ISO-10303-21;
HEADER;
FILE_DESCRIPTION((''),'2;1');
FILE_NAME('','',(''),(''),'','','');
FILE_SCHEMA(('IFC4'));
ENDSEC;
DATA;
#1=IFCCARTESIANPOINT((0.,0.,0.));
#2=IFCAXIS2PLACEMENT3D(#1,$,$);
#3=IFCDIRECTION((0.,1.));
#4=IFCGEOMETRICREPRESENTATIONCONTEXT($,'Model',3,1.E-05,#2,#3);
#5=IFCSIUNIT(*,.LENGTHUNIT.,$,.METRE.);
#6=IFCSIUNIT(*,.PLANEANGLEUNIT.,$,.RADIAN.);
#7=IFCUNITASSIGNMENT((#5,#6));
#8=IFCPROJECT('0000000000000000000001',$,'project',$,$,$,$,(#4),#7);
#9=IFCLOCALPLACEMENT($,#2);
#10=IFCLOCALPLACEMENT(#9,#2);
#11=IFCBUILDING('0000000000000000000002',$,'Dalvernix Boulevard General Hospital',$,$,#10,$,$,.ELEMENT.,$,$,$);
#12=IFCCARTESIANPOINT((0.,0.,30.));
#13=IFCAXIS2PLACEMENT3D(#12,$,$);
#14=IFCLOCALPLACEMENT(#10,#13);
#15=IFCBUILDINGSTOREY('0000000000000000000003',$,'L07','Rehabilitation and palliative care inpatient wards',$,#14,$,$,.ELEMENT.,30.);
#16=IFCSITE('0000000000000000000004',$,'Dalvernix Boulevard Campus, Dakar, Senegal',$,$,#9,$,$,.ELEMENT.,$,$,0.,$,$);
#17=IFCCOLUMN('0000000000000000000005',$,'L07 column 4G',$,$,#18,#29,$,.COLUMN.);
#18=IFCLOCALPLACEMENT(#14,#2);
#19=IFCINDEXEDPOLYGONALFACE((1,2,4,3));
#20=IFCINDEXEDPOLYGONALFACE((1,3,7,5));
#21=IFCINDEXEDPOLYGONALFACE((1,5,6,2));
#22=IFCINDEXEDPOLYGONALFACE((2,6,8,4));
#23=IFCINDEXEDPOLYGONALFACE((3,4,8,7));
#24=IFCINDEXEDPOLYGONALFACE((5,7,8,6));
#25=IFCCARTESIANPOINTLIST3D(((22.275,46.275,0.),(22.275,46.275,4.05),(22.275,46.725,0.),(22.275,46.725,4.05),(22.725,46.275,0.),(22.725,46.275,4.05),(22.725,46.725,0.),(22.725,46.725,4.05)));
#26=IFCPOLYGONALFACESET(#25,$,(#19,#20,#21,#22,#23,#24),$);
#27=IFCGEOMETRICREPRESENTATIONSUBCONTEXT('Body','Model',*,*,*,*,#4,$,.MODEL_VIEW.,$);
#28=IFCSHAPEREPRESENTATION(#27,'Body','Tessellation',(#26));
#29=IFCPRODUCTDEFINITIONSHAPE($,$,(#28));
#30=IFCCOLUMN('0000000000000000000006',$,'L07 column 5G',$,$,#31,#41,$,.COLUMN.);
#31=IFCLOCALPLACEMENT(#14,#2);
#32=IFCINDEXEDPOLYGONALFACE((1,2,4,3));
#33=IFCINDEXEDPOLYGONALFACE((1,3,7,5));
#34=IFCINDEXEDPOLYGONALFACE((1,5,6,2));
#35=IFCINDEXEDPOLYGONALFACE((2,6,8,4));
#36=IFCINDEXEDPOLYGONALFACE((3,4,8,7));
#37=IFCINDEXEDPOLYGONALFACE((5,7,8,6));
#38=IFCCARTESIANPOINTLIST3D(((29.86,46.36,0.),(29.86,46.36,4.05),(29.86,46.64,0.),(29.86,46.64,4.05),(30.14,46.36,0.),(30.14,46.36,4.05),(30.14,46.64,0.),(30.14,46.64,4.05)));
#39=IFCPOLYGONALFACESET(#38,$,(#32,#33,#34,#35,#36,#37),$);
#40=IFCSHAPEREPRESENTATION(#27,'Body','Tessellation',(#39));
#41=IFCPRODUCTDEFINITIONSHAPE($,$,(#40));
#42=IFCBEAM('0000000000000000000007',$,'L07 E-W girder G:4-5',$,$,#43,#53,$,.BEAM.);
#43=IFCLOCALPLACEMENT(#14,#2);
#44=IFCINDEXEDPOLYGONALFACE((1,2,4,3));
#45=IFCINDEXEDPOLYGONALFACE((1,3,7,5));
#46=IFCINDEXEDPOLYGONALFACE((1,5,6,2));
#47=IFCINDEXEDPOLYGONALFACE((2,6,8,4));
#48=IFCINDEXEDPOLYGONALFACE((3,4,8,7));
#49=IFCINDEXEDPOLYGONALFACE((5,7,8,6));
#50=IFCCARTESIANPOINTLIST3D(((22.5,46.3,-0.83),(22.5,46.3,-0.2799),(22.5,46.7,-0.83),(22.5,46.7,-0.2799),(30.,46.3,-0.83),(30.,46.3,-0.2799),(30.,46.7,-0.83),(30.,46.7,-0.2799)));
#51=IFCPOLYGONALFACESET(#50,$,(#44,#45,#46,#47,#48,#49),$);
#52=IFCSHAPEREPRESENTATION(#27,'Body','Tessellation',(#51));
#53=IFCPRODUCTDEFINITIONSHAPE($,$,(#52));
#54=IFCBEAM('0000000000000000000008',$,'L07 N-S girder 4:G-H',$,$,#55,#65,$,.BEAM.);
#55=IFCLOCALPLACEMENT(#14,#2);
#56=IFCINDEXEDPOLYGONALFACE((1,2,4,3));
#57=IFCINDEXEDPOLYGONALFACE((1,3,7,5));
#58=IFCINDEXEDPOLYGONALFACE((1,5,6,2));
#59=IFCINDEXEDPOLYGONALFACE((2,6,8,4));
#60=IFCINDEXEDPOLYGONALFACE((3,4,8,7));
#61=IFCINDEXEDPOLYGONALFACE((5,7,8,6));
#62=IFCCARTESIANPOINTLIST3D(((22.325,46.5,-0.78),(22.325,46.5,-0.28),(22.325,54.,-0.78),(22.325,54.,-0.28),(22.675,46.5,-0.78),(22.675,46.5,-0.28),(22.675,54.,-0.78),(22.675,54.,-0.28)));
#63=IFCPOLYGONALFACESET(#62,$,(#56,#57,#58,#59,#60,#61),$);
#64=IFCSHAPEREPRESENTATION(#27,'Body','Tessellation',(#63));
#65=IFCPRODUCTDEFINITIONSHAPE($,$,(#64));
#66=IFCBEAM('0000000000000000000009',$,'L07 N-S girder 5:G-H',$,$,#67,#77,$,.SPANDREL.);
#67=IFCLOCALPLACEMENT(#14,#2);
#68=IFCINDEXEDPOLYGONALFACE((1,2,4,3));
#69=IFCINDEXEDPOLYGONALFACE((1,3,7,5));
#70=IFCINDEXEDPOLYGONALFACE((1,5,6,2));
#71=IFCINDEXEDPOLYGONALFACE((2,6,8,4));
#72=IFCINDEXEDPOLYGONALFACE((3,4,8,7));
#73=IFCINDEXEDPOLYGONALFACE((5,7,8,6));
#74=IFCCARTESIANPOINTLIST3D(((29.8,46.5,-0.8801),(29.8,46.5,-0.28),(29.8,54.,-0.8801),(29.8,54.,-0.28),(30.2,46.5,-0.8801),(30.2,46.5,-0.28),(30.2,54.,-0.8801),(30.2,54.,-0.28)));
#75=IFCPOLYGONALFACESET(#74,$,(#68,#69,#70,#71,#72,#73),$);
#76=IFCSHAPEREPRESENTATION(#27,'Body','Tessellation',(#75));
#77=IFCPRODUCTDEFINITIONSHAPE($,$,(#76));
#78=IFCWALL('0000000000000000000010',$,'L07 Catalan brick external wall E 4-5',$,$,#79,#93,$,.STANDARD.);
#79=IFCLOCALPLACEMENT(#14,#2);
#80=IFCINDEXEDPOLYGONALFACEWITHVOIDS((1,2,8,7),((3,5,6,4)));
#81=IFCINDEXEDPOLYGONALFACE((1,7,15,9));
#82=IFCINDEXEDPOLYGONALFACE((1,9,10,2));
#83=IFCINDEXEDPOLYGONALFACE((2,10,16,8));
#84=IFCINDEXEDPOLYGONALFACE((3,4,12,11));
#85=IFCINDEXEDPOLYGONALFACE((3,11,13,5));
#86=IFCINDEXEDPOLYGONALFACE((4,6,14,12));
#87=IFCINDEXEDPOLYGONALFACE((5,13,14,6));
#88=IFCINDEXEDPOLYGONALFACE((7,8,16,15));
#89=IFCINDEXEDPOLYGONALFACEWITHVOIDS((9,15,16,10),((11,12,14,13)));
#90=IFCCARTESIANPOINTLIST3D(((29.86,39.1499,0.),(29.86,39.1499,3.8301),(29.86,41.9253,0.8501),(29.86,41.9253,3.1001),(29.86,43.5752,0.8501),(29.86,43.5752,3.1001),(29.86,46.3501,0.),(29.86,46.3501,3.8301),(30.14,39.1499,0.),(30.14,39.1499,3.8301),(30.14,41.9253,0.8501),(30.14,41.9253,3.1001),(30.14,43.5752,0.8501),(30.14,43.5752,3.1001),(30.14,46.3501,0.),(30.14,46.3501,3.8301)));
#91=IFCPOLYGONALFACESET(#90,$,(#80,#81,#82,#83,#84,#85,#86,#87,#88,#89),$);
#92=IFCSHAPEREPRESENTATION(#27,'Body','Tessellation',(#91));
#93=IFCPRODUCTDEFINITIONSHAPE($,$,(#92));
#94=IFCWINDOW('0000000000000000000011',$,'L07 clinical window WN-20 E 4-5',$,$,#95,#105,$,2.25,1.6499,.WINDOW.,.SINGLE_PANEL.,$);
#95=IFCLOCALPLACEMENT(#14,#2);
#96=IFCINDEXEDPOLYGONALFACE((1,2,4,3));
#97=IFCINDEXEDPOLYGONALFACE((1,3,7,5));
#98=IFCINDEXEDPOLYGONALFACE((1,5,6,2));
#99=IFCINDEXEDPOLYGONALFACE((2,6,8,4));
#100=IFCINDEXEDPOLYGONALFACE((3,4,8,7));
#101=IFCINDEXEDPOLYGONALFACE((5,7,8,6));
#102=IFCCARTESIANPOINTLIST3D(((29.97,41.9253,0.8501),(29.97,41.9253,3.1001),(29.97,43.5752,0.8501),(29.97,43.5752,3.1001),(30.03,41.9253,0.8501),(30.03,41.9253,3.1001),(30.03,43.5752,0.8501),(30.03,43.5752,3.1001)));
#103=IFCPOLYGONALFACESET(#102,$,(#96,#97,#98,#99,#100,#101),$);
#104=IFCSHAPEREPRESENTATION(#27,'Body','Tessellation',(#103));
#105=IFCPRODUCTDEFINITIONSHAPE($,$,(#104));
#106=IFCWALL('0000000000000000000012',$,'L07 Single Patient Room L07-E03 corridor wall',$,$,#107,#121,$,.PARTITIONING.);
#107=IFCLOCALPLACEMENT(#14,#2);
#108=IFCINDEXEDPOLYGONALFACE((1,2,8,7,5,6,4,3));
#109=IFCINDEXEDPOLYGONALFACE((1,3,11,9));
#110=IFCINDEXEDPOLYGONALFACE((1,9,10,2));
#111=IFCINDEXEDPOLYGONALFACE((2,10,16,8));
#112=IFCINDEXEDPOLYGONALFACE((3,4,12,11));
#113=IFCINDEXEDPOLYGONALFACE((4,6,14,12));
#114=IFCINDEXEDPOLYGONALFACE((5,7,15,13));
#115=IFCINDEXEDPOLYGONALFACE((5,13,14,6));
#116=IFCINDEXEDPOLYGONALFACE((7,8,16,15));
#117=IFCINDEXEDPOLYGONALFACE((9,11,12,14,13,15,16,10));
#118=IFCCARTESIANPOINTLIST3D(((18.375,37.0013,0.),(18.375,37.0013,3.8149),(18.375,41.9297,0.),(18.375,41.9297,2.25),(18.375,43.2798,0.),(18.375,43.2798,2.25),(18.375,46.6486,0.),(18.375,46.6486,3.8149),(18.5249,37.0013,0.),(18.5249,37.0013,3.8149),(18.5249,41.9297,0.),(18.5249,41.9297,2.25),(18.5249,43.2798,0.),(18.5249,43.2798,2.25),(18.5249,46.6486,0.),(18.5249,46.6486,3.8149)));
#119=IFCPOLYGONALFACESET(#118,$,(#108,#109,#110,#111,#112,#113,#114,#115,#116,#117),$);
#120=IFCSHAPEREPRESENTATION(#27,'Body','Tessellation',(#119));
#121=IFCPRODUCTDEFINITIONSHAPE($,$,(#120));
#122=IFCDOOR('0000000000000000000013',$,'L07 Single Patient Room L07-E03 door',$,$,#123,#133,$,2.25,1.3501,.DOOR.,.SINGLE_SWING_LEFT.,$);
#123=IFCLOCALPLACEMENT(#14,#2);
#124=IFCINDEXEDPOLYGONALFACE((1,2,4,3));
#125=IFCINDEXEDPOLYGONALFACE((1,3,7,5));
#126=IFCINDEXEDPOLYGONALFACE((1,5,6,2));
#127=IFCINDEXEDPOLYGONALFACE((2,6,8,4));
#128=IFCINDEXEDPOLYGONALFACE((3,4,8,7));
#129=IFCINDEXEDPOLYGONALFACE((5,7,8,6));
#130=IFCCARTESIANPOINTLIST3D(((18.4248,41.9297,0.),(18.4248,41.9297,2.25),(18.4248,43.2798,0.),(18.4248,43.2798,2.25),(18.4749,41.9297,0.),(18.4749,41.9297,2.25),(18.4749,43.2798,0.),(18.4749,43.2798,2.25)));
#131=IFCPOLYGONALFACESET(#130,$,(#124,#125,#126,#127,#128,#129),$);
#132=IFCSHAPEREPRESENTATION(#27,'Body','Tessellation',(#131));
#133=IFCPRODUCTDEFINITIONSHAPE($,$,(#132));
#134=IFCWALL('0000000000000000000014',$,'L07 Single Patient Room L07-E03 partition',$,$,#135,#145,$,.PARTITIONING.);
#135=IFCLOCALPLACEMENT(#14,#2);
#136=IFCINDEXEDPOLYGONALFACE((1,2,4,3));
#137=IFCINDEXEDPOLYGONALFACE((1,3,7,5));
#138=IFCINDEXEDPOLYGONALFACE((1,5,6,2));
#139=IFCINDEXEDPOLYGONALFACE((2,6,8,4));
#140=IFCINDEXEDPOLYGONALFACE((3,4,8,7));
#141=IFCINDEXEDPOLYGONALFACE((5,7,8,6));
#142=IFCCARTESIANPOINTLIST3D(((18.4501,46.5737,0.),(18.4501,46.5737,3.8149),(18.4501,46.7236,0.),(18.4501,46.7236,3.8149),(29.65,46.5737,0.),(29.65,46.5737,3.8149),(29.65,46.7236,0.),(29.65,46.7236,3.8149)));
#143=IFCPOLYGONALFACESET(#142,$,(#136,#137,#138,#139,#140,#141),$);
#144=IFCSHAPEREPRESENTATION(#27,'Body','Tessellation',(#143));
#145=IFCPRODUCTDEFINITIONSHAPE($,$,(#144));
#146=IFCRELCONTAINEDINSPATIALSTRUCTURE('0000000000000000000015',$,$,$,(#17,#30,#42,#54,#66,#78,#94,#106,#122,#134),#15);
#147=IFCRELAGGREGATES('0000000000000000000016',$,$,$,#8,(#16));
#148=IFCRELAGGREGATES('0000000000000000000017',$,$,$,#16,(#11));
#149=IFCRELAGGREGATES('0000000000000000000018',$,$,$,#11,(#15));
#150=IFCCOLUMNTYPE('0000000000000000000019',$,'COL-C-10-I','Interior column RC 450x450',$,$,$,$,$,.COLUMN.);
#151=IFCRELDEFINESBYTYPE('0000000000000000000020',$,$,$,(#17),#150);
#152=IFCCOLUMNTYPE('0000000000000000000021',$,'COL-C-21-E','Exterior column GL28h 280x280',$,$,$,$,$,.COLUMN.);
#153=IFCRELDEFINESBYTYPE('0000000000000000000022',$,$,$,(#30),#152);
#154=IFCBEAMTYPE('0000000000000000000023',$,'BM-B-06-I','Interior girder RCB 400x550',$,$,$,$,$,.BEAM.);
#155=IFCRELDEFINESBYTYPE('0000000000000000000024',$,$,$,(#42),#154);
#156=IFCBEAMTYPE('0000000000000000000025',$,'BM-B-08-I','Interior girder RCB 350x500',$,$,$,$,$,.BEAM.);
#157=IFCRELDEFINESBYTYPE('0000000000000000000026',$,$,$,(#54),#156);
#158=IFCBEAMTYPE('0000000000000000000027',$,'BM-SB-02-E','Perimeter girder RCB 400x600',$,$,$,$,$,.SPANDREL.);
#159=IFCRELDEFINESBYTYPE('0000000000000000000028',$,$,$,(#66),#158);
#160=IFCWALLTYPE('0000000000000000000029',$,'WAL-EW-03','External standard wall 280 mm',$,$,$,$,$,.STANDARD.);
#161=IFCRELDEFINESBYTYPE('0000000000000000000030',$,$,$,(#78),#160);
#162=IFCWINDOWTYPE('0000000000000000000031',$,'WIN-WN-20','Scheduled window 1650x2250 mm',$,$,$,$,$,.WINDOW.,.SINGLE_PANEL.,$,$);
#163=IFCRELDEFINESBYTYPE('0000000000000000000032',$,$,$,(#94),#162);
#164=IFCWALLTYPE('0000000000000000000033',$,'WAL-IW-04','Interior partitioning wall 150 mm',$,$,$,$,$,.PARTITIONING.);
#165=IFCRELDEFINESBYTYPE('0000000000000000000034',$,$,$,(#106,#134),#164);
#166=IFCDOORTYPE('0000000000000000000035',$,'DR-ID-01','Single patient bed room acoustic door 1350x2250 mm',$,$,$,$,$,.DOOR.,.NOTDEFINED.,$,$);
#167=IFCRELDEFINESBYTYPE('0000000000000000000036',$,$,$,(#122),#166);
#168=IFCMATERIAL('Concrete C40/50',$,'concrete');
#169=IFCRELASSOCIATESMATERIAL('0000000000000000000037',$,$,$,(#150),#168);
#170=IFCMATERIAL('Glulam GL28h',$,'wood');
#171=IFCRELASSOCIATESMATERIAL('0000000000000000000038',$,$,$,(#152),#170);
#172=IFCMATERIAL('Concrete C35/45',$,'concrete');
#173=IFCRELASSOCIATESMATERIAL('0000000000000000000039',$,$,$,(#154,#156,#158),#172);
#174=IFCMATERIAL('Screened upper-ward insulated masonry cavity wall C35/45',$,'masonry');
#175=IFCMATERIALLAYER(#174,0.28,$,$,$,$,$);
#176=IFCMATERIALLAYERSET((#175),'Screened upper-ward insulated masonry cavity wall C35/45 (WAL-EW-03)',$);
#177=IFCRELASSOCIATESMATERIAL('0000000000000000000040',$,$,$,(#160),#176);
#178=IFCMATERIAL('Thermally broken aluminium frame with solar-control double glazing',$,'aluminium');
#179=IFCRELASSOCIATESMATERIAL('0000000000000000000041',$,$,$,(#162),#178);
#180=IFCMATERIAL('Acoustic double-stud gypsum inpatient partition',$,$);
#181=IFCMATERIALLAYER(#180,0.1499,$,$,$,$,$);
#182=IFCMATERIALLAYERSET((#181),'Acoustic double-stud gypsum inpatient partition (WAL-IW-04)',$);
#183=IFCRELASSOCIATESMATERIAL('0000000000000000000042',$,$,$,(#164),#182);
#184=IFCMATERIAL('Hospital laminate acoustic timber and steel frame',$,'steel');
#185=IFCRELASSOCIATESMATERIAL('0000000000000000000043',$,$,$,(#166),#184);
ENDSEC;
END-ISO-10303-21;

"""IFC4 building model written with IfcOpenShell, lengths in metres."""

from ifc_helpers import new_model, si_unit, direction, frame, frame_2d, origin, origin_2d, place, context, subcontext, project, spatial, rectangle, extrude, material, layer, layer_set, material_profile, profile_set, type_object, element, fill, save


model = new_model("IFC4")

# Units and contexts
model_context = context("Model", 3, precision=1e-05, world=origin(), true_north=direction((0.0, 1.0)))
body_context = subcontext(model_context, "Body", "Model", "MODEL_VIEW")
ifc_project = project(units=[si_unit("LENGTHUNIT", "METRE"), si_unit("PLANEANGLEUNIT", "RADIAN")], contexts=[model_context])

# Site, building, storey
site_placement = place(None, origin())
site = spatial("IfcSite", under=ifc_project, at=site_placement, Name="Dalvernix Boulevard Campus, Dakar, Senegal", CompositionType="ELEMENT", RefElevation=0.0)
building_placement = place(site_placement, origin())
building = spatial("IfcBuilding", under=site, at=building_placement, Name="Dalvernix Boulevard General Hospital", CompositionType="ELEMENT")
storey_placement = place(building_placement, frame((0.0, 0.0, 30.0)))
storey = spatial("IfcBuildingStorey", under=building, at=storey_placement, Name="L07", Description="Rehabilitation and palliative care inpatient wards", CompositionType="ELEMENT", Elevation=30.0)

# Columns
ifc_material_1 = material(Name="Concrete C40/50", Category="concrete")
ifc_material_profile_1 = material_profile(ifc_material_1, rectangle(XDim=0.45, YDim=0.45, at=origin_2d()), Name="RC 450x450")
ifc_profile_set_1 = profile_set([ifc_material_profile_1], Name="Concrete C40/50")
column_type_1 = type_object("IfcColumnType", Name="COL-C-10-I", Description="Interior column RC 450x450", PredefinedType="COLUMN", material=ifc_profile_set_1)
column_1_placement = place(storey_placement, frame((22.5, 46.5, 0.0), z_axis=(0.0, 0.0, 1.0), x_axis=(1.0, 0.0, 0.0)))
element("IfcColumn", 1, at=column_1_placement, inside=storey, type_object=column_type_1, Name="L07 column 4G", PredefinedType="COLUMN", context=body_context, shape_type="SweptSolid", body=[
    extrude(rectangle(XDim=0.45, YDim=0.45, at=origin_2d()), origin(), (0.0, 0.0, 1.0), 4.05),
])
ifc_material_2 = material(Name="Glulam GL28h", Category="wood")
ifc_material_profile_2 = material_profile(ifc_material_2, rectangle(XDim=0.28, YDim=0.28, at=origin_2d()), Name="GL28h 280x280")
ifc_profile_set_2 = profile_set([ifc_material_profile_2], Name="Glulam GL28h")
column_type_2 = type_object("IfcColumnType", Name="COL-C-21-E", Description="Exterior column GL28h 280x280", PredefinedType="COLUMN", material=ifc_profile_set_2)
column_2_placement = place(storey_placement, frame((30.0, 46.5, 0.0), z_axis=(0.0, 0.0, 1.0), x_axis=(1.0, 0.0, 0.0)))
element("IfcColumn", 2, at=column_2_placement, inside=storey, type_object=column_type_2, Name="L07 column 5G", PredefinedType="COLUMN", context=body_context, shape_type="SweptSolid", body=[
    extrude(rectangle(XDim=0.28, YDim=0.28, at=origin_2d()), origin(), (0.0, 0.0, 1.0), 4.05),
])

# Beams
ifc_material_3 = material(Name="Concrete C35/45", Category="concrete")
ifc_material_profile_3 = material_profile(ifc_material_3, rectangle(XDim=0.3999, YDim=0.55, at=origin_2d()), Name="RCB 400x550")
ifc_profile_set_3 = profile_set([ifc_material_profile_3], Name="Concrete C35/45")
beam_type_1 = type_object("IfcBeamType", Name="BM-B-06-I", Description="Interior girder RCB 400x550", PredefinedType="BEAM", material=ifc_profile_set_3)
beam_1_placement = place(storey_placement, frame((22.5, 46.5, -0.5549), z_axis=(1.0, 0.0, 0.0), x_axis=(0.0, 1.0, 0.0)))
element("IfcBeam", 3, at=beam_1_placement, inside=storey, type_object=beam_type_1, Name="L07 E-W girder G:4-5", PredefinedType="BEAM", context=body_context, shape_type="SweptSolid", body=[
    extrude(rectangle(XDim=0.3999, YDim=0.55, at=origin_2d()), origin(), (0.0, 0.0, 1.0), 7.5),
])
ifc_material_profile_4 = material_profile(ifc_material_3, rectangle(XDim=0.3501, YDim=0.5, at=origin_2d()), Name="RCB 350x500")
ifc_profile_set_4 = profile_set([ifc_material_profile_4], Name="Concrete C35/45")
beam_type_2 = type_object("IfcBeamType", Name="BM-B-08-I", Description="Interior girder RCB 350x500", PredefinedType="BEAM", material=ifc_profile_set_4)
beam_2_placement = place(storey_placement, frame((22.5, 46.5, -0.53), z_axis=(0.0, 1.0, 0.0), x_axis=(-1.0, 0.0, 0.0)))
element("IfcBeam", 4, at=beam_2_placement, inside=storey, type_object=beam_type_2, Name="L07 N-S girder 4:G-H", PredefinedType="BEAM", context=body_context, shape_type="SweptSolid", body=[
    extrude(rectangle(XDim=0.3501, YDim=0.5, at=origin_2d()), origin(), (0.0, 0.0, 1.0), 7.5),
])
ifc_material_profile_5 = material_profile(ifc_material_3, rectangle(XDim=0.3999, YDim=0.6001, at=origin_2d()), Name="RCB 400x600")
ifc_profile_set_5 = profile_set([ifc_material_profile_5], Name="Concrete C35/45")
beam_type_3 = type_object("IfcBeamType", Name="BM-SB-02-E", Description="Perimeter girder RCB 400x600", PredefinedType="SPANDREL", material=ifc_profile_set_5)
beam_3_placement = place(storey_placement, frame((30.0, 46.5, -0.5801), z_axis=(0.0, 1.0, 0.0), x_axis=(-1.0, 0.0, 0.0)))
element("IfcBeam", 5, at=beam_3_placement, inside=storey, type_object=beam_type_3, Name="L07 N-S girder 5:G-H", PredefinedType="SPANDREL", context=body_context, shape_type="SweptSolid", body=[
    extrude(rectangle(XDim=0.3999, YDim=0.6001, at=origin_2d()), origin(), (0.0, 0.0, 1.0), 7.5),
])

# Wall, opening, window
ifc_material_4 = material(Name="Screened upper-ward insulated masonry cavity wall C35/45", Category="masonry")
ifc_layer_1 = layer(ifc_material_4, 0.28)
ifc_layer_set_1 = layer_set([ifc_layer_1], Name="Screened upper-ward insulated masonry cavity wall C35/45 (WAL-EW-03)")
wall_type_1 = type_object("IfcWallType", Name="WAL-EW-03", Description="External standard wall 280 mm", PredefinedType="STANDARD", material=ifc_layer_set_1)
wall_1_placement = place(storey_placement, frame((30.0, 46.3501, 0.0), z_axis=(0.0, 0.0, 1.0), x_axis=(0.0, -1.0, 0.0)))
wall_1 = element("IfcWall", 6, at=wall_1_placement, inside=storey, type_object=wall_type_1, Name="L07 Catalan brick external wall E 4-5", PredefinedType="STANDARD", context=body_context, shape_type="SweptSolid", body=[
    extrude(rectangle(XDim=7.2002, YDim=0.28, at=frame_2d((3.6001, 0.0))), origin(), (0.0, 0.0, 1.0), 3.8301),
])
opening_1_placement = place(wall_1_placement, frame((2.7749, 0.0, 0.8501)))
opening_1 = element("IfcOpeningElement", 7, at=opening_1_placement, cuts=wall_1, PredefinedType="OPENING", context=body_context, shape_type="SweptSolid", body=[
    extrude(rectangle(XDim=1.6499, YDim=2.25, at=frame_2d((0.825, 1.125))), frame((0.0, 0.1499, 0.0), z_axis=(0.0, -1.0, 0.0), x_axis=(1.0, 0.0, 0.0)), (0.0, 0.0, 1.0), 0.3),
])
ifc_material_5 = material(Name="Thermally broken aluminium frame with solar-control double glazing", Category="aluminium")
window_type = type_object("IfcWindowType", Name="WIN-WN-20", Description="Scheduled window 1650x2250 mm", PartitioningType="SINGLE_PANEL", PredefinedType="WINDOW", material=ifc_material_5)
window_placement = place(opening_1_placement, origin())
window = element("IfcWindow", 8, at=window_placement, inside=storey, type_object=window_type, Name="L07 clinical window WN-20 E 4-5", OverallHeight=2.25, OverallWidth=1.6499, PartitioningType="SINGLE_PANEL", PredefinedType="WINDOW", context=body_context, shape_type="SweptSolid", body=[
    extrude(rectangle(XDim=1.6499, YDim=2.25, at=frame_2d((0.825, 1.125))), frame((0.0, 0.03, 0.0), z_axis=(0.0, -1.0, 0.0), x_axis=(1.0, 0.0, 0.0)), (0.0, 0.0, 1.0), 0.0601),
])
fill(opening_1, window)

# Wall, opening, door
ifc_material_6 = material(Name="Acoustic double-stud gypsum inpatient partition")
ifc_layer_2 = layer(ifc_material_6, 0.1499)
ifc_layer_set_2 = layer_set([ifc_layer_2], Name="Acoustic double-stud gypsum inpatient partition (WAL-IW-04)")
wall_type_2 = type_object("IfcWallType", Name="WAL-IW-04", Description="Interior partitioning wall 150 mm", PredefinedType="PARTITIONING", material=ifc_layer_set_2)
wall_2_placement = place(storey_placement, frame((18.45, 46.6487, 0.0), z_axis=(0.0, 0.0, 1.0), x_axis=(0.0, -1.0, 0.0)))
wall_2 = element("IfcWall", 9, at=wall_2_placement, inside=storey, type_object=wall_type_2, Name="L07 Single Patient Room L07-E03 corridor wall", PredefinedType="PARTITIONING", context=body_context, shape_type="SweptSolid", body=[
    extrude(rectangle(XDim=9.6472, YDim=0.1499, at=frame_2d((4.8237, 0.0))), origin(), (0.0, 0.0, 1.0), 3.8149),
])
opening_2_placement = place(wall_2_placement, frame((3.3689, 0.0, 0.0)))
opening_2 = element("IfcOpeningElement", 10, at=opening_2_placement, cuts=wall_2, PredefinedType="OPENING", context=body_context, shape_type="SweptSolid", body=[
    extrude(rectangle(XDim=1.3501, YDim=2.25, at=frame_2d((0.675, 1.125))), frame((0.0, 0.085, 0.0), z_axis=(0.0, -1.0, 0.0), x_axis=(1.0, 0.0, 0.0)), (0.0, 0.0, 1.0), 0.1699),
])
ifc_material_7 = material(Name="Hospital laminate acoustic timber and steel frame", Category="steel")
door_type_1 = type_object("IfcDoorType", Name="DR-ID-01", Description="Single patient bed room acoustic door 1350x2250 mm", OperationType="NOTDEFINED", PredefinedType="DOOR", material=ifc_material_7)
door_1_placement = place(opening_2_placement, origin())
door_1 = element("IfcDoor", 11, at=door_1_placement, inside=storey, type_object=door_type_1, Name="L07 Single Patient Room L07-E03 door", OperationType="SINGLE_SWING_LEFT", OverallHeight=2.25, OverallWidth=1.3501, PredefinedType="DOOR", context=body_context, shape_type="SweptSolid", body=[
    extrude(rectangle(XDim=1.3501, YDim=2.25, at=frame_2d((0.675, 1.125))), frame((0.0, 0.0249, 0.0), z_axis=(0.0, -1.0, 0.0), x_axis=(1.0, 0.0, 0.0)), (0.0, 0.0, 1.0), 0.05),
])
fill(opening_2, door_1)

# Wall
wall_3_placement = place(storey_placement, frame((18.45, 46.6487, 0.0), z_axis=(0.0, 0.0, 1.0), x_axis=(1.0, 0.0, 0.0)))
element("IfcWall", 12, at=wall_3_placement, inside=storey, type_object=wall_type_2, Name="L07 Single Patient Room L07-E03 partition", PredefinedType="PARTITIONING", context=body_context, shape_type="SweptSolid", body=[
    extrude(rectangle(XDim=11.2, YDim=0.1499, at=frame_2d((5.6001, 0.0))), origin(), (0.0, 0.0, 1.0), 3.8149),
])

save(model, "model.ifc")
